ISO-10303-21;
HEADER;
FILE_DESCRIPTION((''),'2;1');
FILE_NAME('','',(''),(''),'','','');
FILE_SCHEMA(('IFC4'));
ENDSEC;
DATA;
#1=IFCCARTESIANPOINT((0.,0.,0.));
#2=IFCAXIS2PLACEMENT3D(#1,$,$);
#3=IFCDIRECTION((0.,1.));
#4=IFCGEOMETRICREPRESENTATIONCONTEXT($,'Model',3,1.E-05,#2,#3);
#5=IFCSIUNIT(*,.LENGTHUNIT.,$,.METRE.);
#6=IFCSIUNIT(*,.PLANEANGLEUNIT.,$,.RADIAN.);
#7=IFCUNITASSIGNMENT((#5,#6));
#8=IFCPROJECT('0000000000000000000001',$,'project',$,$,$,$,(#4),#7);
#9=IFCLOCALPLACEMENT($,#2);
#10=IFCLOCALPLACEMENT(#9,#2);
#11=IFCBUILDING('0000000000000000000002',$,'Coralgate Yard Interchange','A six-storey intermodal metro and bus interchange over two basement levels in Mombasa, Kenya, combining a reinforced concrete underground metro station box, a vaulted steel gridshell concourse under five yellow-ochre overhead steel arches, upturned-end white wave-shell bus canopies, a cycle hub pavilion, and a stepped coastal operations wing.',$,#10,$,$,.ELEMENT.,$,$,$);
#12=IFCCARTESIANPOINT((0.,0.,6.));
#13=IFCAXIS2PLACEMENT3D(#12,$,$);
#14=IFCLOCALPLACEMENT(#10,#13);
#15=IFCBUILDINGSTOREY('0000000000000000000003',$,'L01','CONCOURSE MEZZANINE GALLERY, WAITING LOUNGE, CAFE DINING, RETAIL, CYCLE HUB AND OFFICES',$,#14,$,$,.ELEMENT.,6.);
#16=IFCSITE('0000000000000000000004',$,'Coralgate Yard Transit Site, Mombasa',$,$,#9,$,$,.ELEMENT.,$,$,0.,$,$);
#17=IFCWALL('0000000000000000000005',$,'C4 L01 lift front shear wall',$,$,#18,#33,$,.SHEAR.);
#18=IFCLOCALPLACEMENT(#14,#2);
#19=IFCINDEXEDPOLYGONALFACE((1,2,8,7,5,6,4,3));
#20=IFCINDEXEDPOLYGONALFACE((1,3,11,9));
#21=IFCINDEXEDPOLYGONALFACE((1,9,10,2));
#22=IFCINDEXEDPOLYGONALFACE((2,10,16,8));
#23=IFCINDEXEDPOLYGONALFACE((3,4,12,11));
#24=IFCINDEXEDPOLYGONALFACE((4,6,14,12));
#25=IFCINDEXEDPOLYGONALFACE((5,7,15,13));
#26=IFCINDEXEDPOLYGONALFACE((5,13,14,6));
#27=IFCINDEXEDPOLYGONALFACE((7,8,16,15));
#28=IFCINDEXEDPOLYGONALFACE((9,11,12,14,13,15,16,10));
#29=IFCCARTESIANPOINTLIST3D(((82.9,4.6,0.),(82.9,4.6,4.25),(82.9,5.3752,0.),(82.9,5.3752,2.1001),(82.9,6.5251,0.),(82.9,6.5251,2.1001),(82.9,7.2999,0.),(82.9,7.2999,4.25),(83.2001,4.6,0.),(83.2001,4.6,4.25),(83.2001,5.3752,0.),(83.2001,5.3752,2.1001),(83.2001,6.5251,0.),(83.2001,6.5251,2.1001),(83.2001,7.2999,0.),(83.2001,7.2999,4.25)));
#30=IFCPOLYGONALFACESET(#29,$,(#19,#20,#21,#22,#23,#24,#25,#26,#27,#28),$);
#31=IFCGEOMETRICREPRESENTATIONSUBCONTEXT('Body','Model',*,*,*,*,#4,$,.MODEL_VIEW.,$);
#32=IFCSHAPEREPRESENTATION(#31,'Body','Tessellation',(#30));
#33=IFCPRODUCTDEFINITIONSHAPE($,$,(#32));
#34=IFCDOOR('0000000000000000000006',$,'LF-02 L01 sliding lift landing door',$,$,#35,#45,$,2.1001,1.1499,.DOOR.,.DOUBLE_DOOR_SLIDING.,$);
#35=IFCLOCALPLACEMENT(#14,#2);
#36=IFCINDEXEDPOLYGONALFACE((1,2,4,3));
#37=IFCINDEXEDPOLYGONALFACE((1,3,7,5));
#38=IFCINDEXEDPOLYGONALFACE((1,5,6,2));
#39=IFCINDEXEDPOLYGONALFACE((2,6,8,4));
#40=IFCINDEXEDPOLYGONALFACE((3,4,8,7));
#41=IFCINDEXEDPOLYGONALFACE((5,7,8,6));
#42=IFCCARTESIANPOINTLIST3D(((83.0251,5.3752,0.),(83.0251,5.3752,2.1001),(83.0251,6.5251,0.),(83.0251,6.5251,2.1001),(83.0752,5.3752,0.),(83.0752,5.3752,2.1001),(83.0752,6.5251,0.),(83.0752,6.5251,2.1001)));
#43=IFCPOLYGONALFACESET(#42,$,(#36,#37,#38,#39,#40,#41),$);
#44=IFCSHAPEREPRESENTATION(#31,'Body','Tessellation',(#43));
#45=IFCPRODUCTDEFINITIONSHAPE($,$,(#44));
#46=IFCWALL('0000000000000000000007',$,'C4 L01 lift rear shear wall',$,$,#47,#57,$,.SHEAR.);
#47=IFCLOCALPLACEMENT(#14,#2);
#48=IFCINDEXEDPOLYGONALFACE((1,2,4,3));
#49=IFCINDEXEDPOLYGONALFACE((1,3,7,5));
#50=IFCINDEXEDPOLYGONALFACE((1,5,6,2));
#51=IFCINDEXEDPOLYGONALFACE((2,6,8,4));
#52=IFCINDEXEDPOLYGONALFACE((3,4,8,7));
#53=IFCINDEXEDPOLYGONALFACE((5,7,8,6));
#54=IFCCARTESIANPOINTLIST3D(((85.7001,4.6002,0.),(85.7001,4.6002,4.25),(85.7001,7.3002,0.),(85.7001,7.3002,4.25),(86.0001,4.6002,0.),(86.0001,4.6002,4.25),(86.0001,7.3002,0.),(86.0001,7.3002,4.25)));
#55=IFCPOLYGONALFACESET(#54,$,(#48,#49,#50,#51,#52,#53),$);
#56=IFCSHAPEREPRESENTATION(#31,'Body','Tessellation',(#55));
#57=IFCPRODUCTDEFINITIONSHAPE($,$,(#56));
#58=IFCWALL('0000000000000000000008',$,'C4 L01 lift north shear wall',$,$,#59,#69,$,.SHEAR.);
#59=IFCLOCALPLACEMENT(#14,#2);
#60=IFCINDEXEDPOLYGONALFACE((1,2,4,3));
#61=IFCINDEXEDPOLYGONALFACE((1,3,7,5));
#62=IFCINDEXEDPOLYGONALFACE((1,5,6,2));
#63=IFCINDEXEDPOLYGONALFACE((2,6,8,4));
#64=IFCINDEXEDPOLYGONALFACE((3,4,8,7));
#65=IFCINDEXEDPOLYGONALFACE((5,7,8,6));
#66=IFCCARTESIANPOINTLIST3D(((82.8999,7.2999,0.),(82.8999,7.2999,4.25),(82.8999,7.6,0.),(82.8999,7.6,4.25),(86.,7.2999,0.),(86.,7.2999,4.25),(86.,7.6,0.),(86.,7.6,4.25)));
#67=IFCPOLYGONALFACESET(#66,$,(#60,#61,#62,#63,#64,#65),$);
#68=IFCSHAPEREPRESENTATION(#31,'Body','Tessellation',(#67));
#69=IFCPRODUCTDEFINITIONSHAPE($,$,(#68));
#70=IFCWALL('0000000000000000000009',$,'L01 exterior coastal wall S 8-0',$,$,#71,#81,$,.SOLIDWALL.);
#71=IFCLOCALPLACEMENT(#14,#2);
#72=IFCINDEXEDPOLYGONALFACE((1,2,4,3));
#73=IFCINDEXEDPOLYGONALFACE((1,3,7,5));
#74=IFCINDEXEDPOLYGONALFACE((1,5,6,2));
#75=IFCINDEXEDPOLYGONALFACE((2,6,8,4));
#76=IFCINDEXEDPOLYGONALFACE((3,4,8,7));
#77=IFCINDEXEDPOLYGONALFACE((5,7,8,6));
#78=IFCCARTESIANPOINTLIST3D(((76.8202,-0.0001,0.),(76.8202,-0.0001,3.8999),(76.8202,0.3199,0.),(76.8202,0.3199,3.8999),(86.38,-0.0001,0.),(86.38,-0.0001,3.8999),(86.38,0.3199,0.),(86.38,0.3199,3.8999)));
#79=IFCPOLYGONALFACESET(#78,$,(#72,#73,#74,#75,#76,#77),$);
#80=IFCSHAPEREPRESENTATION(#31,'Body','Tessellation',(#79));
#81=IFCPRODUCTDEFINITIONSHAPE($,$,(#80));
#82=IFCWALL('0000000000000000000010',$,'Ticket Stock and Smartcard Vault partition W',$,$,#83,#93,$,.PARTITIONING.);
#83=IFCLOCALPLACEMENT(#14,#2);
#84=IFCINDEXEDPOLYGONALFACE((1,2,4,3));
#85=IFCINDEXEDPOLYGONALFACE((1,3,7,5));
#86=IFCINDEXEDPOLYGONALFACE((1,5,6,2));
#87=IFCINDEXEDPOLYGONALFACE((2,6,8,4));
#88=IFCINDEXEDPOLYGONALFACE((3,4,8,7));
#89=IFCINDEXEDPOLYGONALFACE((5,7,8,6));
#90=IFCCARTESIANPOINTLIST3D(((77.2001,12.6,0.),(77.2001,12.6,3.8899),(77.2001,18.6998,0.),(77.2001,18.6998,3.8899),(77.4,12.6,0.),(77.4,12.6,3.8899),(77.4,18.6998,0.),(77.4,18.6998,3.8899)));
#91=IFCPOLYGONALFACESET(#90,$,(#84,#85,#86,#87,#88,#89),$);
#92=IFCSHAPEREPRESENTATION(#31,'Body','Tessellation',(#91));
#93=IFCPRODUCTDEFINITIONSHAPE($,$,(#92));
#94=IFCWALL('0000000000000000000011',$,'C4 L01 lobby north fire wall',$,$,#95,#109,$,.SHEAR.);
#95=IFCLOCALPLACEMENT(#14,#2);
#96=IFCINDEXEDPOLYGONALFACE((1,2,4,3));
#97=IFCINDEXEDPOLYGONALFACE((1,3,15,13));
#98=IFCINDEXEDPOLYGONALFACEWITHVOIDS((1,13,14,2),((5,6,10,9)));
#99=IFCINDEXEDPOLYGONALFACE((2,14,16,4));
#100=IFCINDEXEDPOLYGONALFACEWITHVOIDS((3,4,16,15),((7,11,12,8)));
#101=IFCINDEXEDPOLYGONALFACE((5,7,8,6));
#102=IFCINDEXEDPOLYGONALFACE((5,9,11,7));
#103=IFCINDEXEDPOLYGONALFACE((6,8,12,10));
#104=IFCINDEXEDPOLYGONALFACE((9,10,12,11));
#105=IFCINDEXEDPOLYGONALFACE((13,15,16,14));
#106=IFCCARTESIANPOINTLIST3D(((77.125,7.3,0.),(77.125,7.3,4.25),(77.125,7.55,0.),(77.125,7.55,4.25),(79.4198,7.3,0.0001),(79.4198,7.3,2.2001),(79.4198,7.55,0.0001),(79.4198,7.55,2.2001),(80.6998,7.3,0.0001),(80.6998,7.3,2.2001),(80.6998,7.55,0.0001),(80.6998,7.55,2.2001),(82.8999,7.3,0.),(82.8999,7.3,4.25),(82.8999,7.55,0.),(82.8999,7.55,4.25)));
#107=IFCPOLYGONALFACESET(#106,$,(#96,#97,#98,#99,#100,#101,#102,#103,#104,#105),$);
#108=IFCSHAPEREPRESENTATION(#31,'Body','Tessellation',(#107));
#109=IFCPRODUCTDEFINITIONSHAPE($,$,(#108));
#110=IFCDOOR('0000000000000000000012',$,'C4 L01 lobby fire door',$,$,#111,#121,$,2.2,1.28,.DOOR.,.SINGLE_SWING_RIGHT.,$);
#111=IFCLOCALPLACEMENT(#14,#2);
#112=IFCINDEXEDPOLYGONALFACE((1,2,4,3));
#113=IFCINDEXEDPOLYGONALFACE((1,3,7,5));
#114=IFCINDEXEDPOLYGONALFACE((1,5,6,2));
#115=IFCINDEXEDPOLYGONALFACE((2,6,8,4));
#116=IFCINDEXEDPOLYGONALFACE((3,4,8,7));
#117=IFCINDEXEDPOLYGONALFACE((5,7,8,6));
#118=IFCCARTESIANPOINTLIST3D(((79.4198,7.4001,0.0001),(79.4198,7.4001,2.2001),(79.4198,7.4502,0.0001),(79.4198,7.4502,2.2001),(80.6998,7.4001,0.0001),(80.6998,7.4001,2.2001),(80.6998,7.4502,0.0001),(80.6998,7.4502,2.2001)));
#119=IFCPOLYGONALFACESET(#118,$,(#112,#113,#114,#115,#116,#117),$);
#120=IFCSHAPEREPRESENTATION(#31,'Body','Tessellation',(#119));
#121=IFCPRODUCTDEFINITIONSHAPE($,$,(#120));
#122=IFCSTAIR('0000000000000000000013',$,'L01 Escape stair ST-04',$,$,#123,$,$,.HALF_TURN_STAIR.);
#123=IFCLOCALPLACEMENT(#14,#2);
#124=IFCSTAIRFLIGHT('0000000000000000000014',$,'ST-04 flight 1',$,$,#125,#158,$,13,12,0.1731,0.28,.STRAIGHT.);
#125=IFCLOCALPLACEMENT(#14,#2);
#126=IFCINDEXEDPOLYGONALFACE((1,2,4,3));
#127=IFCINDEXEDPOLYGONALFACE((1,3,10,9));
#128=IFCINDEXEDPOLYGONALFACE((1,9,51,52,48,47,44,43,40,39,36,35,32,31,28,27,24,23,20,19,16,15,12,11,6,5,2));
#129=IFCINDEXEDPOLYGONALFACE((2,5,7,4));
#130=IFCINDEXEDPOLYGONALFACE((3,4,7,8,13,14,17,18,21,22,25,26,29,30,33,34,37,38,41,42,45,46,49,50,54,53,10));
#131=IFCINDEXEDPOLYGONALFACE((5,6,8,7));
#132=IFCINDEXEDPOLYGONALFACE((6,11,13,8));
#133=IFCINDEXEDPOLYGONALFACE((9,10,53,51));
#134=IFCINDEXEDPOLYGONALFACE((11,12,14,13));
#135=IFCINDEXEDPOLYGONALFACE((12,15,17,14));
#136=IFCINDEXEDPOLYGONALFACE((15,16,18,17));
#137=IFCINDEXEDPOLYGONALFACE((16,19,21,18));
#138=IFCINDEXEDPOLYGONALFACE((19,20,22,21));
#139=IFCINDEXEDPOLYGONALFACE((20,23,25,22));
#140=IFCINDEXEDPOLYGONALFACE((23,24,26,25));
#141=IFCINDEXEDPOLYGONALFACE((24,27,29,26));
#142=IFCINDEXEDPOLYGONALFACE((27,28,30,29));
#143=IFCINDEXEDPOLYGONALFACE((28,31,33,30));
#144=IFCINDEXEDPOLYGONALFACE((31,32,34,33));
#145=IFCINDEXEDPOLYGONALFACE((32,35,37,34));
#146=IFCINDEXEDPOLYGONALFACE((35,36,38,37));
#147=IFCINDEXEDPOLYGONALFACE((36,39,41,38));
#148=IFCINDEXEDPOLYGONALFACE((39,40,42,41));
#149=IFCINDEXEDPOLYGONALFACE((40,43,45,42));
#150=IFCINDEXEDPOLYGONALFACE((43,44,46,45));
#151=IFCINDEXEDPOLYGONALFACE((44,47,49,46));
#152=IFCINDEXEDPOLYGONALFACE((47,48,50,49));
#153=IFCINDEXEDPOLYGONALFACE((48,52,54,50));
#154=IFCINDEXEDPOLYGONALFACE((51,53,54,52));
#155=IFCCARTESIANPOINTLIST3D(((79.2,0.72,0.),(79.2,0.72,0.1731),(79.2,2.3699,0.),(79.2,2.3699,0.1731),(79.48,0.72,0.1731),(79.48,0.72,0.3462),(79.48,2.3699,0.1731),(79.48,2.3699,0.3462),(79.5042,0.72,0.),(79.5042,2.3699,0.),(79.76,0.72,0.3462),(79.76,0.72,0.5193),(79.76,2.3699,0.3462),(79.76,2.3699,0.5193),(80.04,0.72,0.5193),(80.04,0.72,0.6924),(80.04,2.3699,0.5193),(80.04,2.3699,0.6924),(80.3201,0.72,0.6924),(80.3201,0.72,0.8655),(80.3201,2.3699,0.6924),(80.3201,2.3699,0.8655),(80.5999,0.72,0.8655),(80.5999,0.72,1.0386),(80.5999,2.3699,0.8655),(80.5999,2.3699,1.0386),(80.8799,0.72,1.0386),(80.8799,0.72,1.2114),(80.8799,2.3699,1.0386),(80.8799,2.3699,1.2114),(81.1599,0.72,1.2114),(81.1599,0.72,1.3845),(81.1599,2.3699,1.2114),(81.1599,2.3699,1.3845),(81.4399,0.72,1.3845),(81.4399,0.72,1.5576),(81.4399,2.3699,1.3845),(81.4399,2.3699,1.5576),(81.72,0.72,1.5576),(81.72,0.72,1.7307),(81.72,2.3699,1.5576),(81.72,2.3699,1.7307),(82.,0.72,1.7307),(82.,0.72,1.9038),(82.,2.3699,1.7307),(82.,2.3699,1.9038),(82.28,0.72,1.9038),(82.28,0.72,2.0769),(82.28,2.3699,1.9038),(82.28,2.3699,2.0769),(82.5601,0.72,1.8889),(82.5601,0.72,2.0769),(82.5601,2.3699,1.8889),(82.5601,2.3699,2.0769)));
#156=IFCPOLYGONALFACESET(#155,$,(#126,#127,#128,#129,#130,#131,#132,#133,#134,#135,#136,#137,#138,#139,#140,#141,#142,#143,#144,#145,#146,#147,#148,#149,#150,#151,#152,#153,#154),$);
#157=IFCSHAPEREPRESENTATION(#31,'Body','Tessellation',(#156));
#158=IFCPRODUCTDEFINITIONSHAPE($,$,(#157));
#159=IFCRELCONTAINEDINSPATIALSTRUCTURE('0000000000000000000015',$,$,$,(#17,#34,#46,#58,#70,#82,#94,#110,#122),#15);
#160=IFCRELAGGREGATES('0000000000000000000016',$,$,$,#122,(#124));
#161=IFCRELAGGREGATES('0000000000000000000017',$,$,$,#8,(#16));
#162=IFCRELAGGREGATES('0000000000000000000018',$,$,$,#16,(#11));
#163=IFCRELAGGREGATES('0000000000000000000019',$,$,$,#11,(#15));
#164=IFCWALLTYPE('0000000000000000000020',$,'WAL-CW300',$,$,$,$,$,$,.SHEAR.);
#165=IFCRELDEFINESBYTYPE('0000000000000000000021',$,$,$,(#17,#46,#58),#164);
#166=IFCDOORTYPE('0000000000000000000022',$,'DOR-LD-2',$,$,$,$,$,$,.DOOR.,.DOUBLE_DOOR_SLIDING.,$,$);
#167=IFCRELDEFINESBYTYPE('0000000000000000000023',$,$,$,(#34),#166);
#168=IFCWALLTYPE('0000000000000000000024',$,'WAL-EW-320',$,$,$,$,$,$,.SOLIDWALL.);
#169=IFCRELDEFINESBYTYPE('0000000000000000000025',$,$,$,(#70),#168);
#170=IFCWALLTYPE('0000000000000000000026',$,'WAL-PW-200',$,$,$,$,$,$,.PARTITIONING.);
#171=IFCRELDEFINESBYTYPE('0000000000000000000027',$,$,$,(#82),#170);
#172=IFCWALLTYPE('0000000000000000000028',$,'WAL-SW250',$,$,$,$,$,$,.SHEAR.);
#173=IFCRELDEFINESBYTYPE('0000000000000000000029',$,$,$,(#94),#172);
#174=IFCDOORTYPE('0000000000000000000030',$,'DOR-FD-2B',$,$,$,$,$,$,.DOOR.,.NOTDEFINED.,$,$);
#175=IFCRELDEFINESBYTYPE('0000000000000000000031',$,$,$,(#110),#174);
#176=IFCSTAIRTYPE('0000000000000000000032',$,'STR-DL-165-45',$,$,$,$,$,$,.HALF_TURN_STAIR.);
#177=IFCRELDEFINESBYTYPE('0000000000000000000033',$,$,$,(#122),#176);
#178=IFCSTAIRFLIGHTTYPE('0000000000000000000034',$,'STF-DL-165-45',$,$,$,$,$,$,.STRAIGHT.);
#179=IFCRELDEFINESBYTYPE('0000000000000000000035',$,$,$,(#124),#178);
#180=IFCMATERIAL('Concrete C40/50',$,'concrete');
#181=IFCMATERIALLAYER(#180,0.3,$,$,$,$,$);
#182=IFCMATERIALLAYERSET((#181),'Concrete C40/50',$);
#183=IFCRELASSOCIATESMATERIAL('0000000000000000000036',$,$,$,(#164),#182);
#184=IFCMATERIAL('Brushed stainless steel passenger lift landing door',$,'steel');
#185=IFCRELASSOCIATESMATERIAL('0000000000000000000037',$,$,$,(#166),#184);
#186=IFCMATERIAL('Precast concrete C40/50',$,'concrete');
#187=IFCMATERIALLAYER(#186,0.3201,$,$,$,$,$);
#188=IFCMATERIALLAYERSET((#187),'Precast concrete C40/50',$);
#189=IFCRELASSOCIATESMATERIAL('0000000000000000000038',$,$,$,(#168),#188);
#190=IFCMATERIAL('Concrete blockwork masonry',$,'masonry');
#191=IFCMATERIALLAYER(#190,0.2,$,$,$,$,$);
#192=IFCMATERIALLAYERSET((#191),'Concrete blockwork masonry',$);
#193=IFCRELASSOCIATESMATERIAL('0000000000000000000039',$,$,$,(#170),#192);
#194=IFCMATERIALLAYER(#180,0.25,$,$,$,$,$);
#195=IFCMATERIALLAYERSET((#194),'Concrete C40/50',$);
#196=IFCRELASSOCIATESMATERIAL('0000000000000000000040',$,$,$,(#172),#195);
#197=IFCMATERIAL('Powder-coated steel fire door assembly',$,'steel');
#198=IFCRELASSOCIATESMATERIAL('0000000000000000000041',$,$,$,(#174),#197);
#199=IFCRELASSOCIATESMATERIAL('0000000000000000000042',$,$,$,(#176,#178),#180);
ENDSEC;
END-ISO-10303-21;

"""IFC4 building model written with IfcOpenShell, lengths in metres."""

from ifc_helpers import new_model, si_unit, direction, frame, frame_2d, origin, place, context, subcontext, project, spatial, polyline, rectangle, outline, extrude, material, layer, layer_set, type_object, element, fill, aggregate, save


model = new_model("IFC4")

# Units and contexts
model_context = context("Model", 3, precision=1e-05, world=origin(), true_north=direction((0.0, 1.0)))
body_context = subcontext(model_context, "Body", "Model", "MODEL_VIEW")
ifc_project = project(units=[si_unit("LENGTHUNIT", "METRE"), si_unit("PLANEANGLEUNIT", "RADIAN")], contexts=[model_context])

# Site, building, storey
site_placement = place(None, origin())
site = spatial("IfcSite", under=ifc_project, at=site_placement, Name="Coralgate Yard Transit Site, Mombasa", CompositionType="ELEMENT", RefElevation=0.0)
building_placement = place(site_placement, origin())
building = spatial("IfcBuilding", under=site, at=building_placement, Name="Coralgate Yard Interchange", Description="A six-storey intermodal metro and bus interchange over two basement levels in Mombasa, Kenya, combining a reinforced concrete underground metro station box, a vaulted steel gridshell concourse under five yellow-ochre overhead steel arches, upturned-end white wave-shell bus canopies, a cycle hub pavilion, and a stepped coastal operations wing.", CompositionType="ELEMENT")
storey_placement = place(building_placement, frame((0.0, 0.0, 6.0)))
storey = spatial("IfcBuildingStorey", under=building, at=storey_placement, Name="L01", Description="CONCOURSE MEZZANINE GALLERY, WAITING LOUNGE, CAFE DINING, RETAIL, CYCLE HUB AND OFFICES", CompositionType="ELEMENT", Elevation=6.0)

# Shared definitions
ifc_material_1 = material(Name="Concrete C40/50", Category="concrete")
ifc_layer_1 = layer(ifc_material_1, 0.3)
ifc_layer_set_1 = layer_set([ifc_layer_1], Name="Concrete C40/50")
wall_type_1 = type_object("IfcWallType", Name="WAL-CW300", PredefinedType="SHEAR", material=ifc_layer_set_1)
ifc_material_2 = material(Name="Powder-coated steel fire door assembly", Category="steel")

# Wall, opening, door
wall_1_placement = place(storey_placement, frame((83.05, 7.3, 0.0), z_axis=(0.0, 0.0, 1.0), x_axis=(0.0, -1.0, 0.0)))
wall_1 = element("IfcWall", 1, at=wall_1_placement, inside=storey, type_object=wall_type_1, Name="C4 L01 lift front shear wall", PredefinedType="SHEAR", context=body_context, shape_type="SweptSolid", body=[
    extrude(rectangle(XDim=2.7, YDim=0.3, at=frame_2d((1.3501, 0.0))), origin(), (0.0, 0.0, 1.0), 4.25),
])
opening_1_placement = place(wall_1_placement, frame((0.7749, 0.0, 0.0)))
opening_1 = element("IfcOpeningElement", 2, at=opening_1_placement, cuts=wall_1, PredefinedType="OPENING", context=body_context, shape_type="SweptSolid", body=[
    extrude(rectangle(XDim=1.1499, YDim=2.1001, at=frame_2d((0.575, 1.05))), frame((0.0, 0.1599, 0.0), z_axis=(0.0, -1.0, 0.0), x_axis=(1.0, 0.0, 0.0)), (0.0, 0.0, 1.0), 0.3201),
])
ifc_material_3 = material(Name="Brushed stainless steel passenger lift landing door", Category="steel")
door_type_1 = type_object("IfcDoorType", Name="DOR-LD-2", OperationType="DOUBLE_DOOR_SLIDING", PredefinedType="DOOR", material=ifc_material_3)
door_1_placement = place(opening_1_placement, frame((1.1499, 0.0, 0.0), z_axis=(0.0, 0.0, 1.0), x_axis=(-1.0, 0.0, 0.0)))
door_1 = element("IfcDoor", 3, at=door_1_placement, inside=storey, type_object=door_type_1, Name="LF-02 L01 sliding lift landing door", OperationType="DOUBLE_DOOR_SLIDING", OverallHeight=2.1001, OverallWidth=1.1499, PredefinedType="DOOR", context=body_context, shape_type="SweptSolid", body=[
    extrude(rectangle(XDim=1.1499, YDim=2.1001, at=frame_2d((0.575, 1.05))), frame((0.0, 0.0249, 0.0), z_axis=(0.0, -1.0, 0.0), x_axis=(1.0, 0.0, 0.0)), (0.0, 0.0, 1.0), 0.05),
])
fill(opening_1, door_1)

# Walls
wall_2_placement = place(storey_placement, frame((85.8501, 4.6001, 0.0), z_axis=(0.0, 0.0, 1.0), x_axis=(0.0, 1.0, 0.0)))
element("IfcWall", 4, at=wall_2_placement, inside=storey, type_object=wall_type_1, Name="C4 L01 lift rear shear wall", PredefinedType="SHEAR", context=body_context, shape_type="SweptSolid", body=[
    extrude(rectangle(XDim=2.7, YDim=0.3, at=frame_2d((1.3501, 0.0))), origin(), (0.0, 0.0, 1.0), 4.25),
])
wall_3_placement = place(storey_placement, frame((82.8999, 7.45, 0.0), z_axis=(0.0, 0.0, 1.0), x_axis=(1.0, 0.0, 0.0)))
element("IfcWall", 5, at=wall_3_placement, inside=storey, type_object=wall_type_1, Name="C4 L01 lift north shear wall", PredefinedType="SHEAR", context=body_context, shape_type="SweptSolid", body=[
    extrude(rectangle(XDim=3.1001, YDim=0.3, at=frame_2d((1.55, 0.0))), origin(), (0.0, 0.0, 1.0), 4.25),
])
ifc_material_4 = material(Name="Precast concrete C40/50", Category="concrete")
ifc_layer_2 = layer(ifc_material_4, 0.3201)
ifc_layer_set_2 = layer_set([ifc_layer_2], Name="Precast concrete C40/50")
wall_type_2 = type_object("IfcWallType", Name="WAL-EW-320", PredefinedType="SOLIDWALL", material=ifc_layer_set_2)
wall_4_placement = place(storey_placement, frame((86.3799, 0.1599, 0.0), z_axis=(0.0, 0.0, 1.0), x_axis=(-1.0, 0.0, 0.0)))
element("IfcWall", 6, at=wall_4_placement, inside=storey, type_object=wall_type_2, Name="L01 exterior coastal wall S 8-0", PredefinedType="SOLIDWALL", context=body_context, shape_type="SweptSolid", body=[
    extrude(rectangle(XDim=9.5598, YDim=0.3201, at=frame_2d((4.7798, 0.0))), origin(), (0.0, 0.0, 1.0), 3.8999),
])
ifc_material_5 = material(Name="Concrete blockwork masonry", Category="masonry")
ifc_layer_3 = layer(ifc_material_5, 0.2)
ifc_layer_set_3 = layer_set([ifc_layer_3], Name="Concrete blockwork masonry")
wall_type_3 = type_object("IfcWallType", Name="WAL-PW-200", PredefinedType="PARTITIONING", material=ifc_layer_set_3)
wall_5_placement = place(storey_placement, frame((77.3, 12.6001, 0.0), z_axis=(0.0, 0.0, 1.0), x_axis=(0.0, 1.0, 0.0)))
element("IfcWall", 7, at=wall_5_placement, inside=storey, type_object=wall_type_3, Name="Ticket Stock and Smartcard Vault partition W", PredefinedType="PARTITIONING", context=body_context, shape_type="SweptSolid", body=[
    extrude(rectangle(XDim=6.0999, YDim=0.2, at=frame_2d((3.0498, 0.0))), origin(), (0.0, 0.0, 1.0), 3.8899),
])

# Wall, opening, door
ifc_layer_4 = layer(ifc_material_1, 0.25)
ifc_layer_set_4 = layer_set([ifc_layer_4], Name="Concrete C40/50")
wall_type_4 = type_object("IfcWallType", Name="WAL-SW250", PredefinedType="SHEAR", material=ifc_layer_set_4)
wall_6_placement = place(storey_placement, frame((82.8999, 7.425, 0.0), z_axis=(0.0, 0.0, 1.0), x_axis=(-1.0, 0.0, 0.0)))
wall_6 = element("IfcWall", 8, at=wall_6_placement, inside=storey, type_object=wall_type_4, Name="C4 L01 lobby north fire wall", PredefinedType="SHEAR", context=body_context, shape_type="SweptSolid", body=[
    extrude(rectangle(XDim=5.7749, YDim=0.25, at=frame_2d((2.8875, 0.0))), origin(), (0.0, 0.0, 1.0), 4.25),
])
opening_2_placement = place(wall_6_placement, frame((2.2, 0.0, 0.0)))
opening_2 = element("IfcOpeningElement", 9, at=opening_2_placement, cuts=wall_6, PredefinedType="OPENING", context=body_context, shape_type="SweptSolid", body=[
    extrude(rectangle(XDim=1.28, YDim=2.2, at=frame_2d((0.6401, 1.1001))), frame((0.0, 0.135, 0.0), z_axis=(0.0, -1.0, 0.0), x_axis=(1.0, 0.0, 0.0)), (0.0, 0.0, 1.0), 0.27),
])
door_type_2 = type_object("IfcDoorType", Name="DOR-FD-2B", OperationType="NOTDEFINED", PredefinedType="DOOR", material=ifc_material_2)
door_2_placement = place(opening_2_placement, origin())
door_2 = element("IfcDoor", 10, at=door_2_placement, inside=storey, type_object=door_type_2, Name="C4 L01 lobby fire door", OperationType="SINGLE_SWING_RIGHT", OverallHeight=2.2, OverallWidth=1.28, PredefinedType="DOOR", context=body_context, shape_type="SweptSolid", body=[
    extrude(rectangle(XDim=1.28, YDim=2.2, at=frame_2d((0.6401, 1.1001))), frame((0.0, 0.0249, 0.0), z_axis=(0.0, -1.0, 0.0), x_axis=(1.0, 0.0, 0.0)), (0.0, 0.0, 1.0), 0.05),
])
fill(opening_2, door_2)

# Stair, stair flight
stair_type = type_object("IfcStairType", Name="STR-DL-165-45", PredefinedType="HALF_TURN_STAIR", material=ifc_material_1)
stair_placement = place(storey_placement, origin())
stair = element("IfcStair", 11, at=stair_placement, inside=storey, type_object=stair_type, Name="L01 Escape stair ST-04", PredefinedType="HALF_TURN_STAIR")
stair_flight_type = type_object("IfcStairFlightType", Name="STF-DL-165-45", PredefinedType="STRAIGHT", material=ifc_material_1)
stair_flight_1_placement = place(storey_placement, frame((79.2, 1.5449, 0.0), z_axis=(0.0, 0.0, 1.0), x_axis=(1.0, 0.0, 0.0)))
stair_flight_1 = element("IfcStairFlight", 12, at=stair_flight_1_placement, type_object=stair_flight_type, Name="ST-04 flight 1", NumberOfRisers=13, NumberOfTreads=12, PredefinedType="STRAIGHT", RiserHeight=0.1731, TreadLength=0.28, context=body_context, shape_type="SweptSolid", body=[
    extrude(outline(polyline([(0.0, 0.0), (0.0, 0.1731), (0.28, 0.1731), (0.28, 0.3462), (0.5601, 0.3462), (0.5601, 0.5193), (0.8401, 0.5193), (0.8401, 0.6924), (1.1201, 0.6924), (1.1201, 0.8655), (1.3999, 0.8655), (1.3999, 1.0386), (1.6799, 1.0386), (1.6799, 1.2114), (1.96, 1.2114), (1.96, 1.3845), (2.24, 1.3845), (2.24, 1.5576), (2.52, 1.5576), (2.52, 1.7307), (2.8, 1.7307), (2.8, 1.9038), (3.0801, 1.9038), (3.0801, 2.0769), (3.3601, 2.0769), (3.3601, 2.25), (3.3601, 1.8889), (0.3042, 0.0), (0.0, 0.0)])), frame((0.0, 0.825, 0.0), z_axis=(0.0, -1.0, 0.0), x_axis=(1.0, 0.0, 0.0)), (0.0, 0.0, 1.0), 1.6499),
])
aggregate(stair, [stair_flight_1])

save(model, "model.ifc")
